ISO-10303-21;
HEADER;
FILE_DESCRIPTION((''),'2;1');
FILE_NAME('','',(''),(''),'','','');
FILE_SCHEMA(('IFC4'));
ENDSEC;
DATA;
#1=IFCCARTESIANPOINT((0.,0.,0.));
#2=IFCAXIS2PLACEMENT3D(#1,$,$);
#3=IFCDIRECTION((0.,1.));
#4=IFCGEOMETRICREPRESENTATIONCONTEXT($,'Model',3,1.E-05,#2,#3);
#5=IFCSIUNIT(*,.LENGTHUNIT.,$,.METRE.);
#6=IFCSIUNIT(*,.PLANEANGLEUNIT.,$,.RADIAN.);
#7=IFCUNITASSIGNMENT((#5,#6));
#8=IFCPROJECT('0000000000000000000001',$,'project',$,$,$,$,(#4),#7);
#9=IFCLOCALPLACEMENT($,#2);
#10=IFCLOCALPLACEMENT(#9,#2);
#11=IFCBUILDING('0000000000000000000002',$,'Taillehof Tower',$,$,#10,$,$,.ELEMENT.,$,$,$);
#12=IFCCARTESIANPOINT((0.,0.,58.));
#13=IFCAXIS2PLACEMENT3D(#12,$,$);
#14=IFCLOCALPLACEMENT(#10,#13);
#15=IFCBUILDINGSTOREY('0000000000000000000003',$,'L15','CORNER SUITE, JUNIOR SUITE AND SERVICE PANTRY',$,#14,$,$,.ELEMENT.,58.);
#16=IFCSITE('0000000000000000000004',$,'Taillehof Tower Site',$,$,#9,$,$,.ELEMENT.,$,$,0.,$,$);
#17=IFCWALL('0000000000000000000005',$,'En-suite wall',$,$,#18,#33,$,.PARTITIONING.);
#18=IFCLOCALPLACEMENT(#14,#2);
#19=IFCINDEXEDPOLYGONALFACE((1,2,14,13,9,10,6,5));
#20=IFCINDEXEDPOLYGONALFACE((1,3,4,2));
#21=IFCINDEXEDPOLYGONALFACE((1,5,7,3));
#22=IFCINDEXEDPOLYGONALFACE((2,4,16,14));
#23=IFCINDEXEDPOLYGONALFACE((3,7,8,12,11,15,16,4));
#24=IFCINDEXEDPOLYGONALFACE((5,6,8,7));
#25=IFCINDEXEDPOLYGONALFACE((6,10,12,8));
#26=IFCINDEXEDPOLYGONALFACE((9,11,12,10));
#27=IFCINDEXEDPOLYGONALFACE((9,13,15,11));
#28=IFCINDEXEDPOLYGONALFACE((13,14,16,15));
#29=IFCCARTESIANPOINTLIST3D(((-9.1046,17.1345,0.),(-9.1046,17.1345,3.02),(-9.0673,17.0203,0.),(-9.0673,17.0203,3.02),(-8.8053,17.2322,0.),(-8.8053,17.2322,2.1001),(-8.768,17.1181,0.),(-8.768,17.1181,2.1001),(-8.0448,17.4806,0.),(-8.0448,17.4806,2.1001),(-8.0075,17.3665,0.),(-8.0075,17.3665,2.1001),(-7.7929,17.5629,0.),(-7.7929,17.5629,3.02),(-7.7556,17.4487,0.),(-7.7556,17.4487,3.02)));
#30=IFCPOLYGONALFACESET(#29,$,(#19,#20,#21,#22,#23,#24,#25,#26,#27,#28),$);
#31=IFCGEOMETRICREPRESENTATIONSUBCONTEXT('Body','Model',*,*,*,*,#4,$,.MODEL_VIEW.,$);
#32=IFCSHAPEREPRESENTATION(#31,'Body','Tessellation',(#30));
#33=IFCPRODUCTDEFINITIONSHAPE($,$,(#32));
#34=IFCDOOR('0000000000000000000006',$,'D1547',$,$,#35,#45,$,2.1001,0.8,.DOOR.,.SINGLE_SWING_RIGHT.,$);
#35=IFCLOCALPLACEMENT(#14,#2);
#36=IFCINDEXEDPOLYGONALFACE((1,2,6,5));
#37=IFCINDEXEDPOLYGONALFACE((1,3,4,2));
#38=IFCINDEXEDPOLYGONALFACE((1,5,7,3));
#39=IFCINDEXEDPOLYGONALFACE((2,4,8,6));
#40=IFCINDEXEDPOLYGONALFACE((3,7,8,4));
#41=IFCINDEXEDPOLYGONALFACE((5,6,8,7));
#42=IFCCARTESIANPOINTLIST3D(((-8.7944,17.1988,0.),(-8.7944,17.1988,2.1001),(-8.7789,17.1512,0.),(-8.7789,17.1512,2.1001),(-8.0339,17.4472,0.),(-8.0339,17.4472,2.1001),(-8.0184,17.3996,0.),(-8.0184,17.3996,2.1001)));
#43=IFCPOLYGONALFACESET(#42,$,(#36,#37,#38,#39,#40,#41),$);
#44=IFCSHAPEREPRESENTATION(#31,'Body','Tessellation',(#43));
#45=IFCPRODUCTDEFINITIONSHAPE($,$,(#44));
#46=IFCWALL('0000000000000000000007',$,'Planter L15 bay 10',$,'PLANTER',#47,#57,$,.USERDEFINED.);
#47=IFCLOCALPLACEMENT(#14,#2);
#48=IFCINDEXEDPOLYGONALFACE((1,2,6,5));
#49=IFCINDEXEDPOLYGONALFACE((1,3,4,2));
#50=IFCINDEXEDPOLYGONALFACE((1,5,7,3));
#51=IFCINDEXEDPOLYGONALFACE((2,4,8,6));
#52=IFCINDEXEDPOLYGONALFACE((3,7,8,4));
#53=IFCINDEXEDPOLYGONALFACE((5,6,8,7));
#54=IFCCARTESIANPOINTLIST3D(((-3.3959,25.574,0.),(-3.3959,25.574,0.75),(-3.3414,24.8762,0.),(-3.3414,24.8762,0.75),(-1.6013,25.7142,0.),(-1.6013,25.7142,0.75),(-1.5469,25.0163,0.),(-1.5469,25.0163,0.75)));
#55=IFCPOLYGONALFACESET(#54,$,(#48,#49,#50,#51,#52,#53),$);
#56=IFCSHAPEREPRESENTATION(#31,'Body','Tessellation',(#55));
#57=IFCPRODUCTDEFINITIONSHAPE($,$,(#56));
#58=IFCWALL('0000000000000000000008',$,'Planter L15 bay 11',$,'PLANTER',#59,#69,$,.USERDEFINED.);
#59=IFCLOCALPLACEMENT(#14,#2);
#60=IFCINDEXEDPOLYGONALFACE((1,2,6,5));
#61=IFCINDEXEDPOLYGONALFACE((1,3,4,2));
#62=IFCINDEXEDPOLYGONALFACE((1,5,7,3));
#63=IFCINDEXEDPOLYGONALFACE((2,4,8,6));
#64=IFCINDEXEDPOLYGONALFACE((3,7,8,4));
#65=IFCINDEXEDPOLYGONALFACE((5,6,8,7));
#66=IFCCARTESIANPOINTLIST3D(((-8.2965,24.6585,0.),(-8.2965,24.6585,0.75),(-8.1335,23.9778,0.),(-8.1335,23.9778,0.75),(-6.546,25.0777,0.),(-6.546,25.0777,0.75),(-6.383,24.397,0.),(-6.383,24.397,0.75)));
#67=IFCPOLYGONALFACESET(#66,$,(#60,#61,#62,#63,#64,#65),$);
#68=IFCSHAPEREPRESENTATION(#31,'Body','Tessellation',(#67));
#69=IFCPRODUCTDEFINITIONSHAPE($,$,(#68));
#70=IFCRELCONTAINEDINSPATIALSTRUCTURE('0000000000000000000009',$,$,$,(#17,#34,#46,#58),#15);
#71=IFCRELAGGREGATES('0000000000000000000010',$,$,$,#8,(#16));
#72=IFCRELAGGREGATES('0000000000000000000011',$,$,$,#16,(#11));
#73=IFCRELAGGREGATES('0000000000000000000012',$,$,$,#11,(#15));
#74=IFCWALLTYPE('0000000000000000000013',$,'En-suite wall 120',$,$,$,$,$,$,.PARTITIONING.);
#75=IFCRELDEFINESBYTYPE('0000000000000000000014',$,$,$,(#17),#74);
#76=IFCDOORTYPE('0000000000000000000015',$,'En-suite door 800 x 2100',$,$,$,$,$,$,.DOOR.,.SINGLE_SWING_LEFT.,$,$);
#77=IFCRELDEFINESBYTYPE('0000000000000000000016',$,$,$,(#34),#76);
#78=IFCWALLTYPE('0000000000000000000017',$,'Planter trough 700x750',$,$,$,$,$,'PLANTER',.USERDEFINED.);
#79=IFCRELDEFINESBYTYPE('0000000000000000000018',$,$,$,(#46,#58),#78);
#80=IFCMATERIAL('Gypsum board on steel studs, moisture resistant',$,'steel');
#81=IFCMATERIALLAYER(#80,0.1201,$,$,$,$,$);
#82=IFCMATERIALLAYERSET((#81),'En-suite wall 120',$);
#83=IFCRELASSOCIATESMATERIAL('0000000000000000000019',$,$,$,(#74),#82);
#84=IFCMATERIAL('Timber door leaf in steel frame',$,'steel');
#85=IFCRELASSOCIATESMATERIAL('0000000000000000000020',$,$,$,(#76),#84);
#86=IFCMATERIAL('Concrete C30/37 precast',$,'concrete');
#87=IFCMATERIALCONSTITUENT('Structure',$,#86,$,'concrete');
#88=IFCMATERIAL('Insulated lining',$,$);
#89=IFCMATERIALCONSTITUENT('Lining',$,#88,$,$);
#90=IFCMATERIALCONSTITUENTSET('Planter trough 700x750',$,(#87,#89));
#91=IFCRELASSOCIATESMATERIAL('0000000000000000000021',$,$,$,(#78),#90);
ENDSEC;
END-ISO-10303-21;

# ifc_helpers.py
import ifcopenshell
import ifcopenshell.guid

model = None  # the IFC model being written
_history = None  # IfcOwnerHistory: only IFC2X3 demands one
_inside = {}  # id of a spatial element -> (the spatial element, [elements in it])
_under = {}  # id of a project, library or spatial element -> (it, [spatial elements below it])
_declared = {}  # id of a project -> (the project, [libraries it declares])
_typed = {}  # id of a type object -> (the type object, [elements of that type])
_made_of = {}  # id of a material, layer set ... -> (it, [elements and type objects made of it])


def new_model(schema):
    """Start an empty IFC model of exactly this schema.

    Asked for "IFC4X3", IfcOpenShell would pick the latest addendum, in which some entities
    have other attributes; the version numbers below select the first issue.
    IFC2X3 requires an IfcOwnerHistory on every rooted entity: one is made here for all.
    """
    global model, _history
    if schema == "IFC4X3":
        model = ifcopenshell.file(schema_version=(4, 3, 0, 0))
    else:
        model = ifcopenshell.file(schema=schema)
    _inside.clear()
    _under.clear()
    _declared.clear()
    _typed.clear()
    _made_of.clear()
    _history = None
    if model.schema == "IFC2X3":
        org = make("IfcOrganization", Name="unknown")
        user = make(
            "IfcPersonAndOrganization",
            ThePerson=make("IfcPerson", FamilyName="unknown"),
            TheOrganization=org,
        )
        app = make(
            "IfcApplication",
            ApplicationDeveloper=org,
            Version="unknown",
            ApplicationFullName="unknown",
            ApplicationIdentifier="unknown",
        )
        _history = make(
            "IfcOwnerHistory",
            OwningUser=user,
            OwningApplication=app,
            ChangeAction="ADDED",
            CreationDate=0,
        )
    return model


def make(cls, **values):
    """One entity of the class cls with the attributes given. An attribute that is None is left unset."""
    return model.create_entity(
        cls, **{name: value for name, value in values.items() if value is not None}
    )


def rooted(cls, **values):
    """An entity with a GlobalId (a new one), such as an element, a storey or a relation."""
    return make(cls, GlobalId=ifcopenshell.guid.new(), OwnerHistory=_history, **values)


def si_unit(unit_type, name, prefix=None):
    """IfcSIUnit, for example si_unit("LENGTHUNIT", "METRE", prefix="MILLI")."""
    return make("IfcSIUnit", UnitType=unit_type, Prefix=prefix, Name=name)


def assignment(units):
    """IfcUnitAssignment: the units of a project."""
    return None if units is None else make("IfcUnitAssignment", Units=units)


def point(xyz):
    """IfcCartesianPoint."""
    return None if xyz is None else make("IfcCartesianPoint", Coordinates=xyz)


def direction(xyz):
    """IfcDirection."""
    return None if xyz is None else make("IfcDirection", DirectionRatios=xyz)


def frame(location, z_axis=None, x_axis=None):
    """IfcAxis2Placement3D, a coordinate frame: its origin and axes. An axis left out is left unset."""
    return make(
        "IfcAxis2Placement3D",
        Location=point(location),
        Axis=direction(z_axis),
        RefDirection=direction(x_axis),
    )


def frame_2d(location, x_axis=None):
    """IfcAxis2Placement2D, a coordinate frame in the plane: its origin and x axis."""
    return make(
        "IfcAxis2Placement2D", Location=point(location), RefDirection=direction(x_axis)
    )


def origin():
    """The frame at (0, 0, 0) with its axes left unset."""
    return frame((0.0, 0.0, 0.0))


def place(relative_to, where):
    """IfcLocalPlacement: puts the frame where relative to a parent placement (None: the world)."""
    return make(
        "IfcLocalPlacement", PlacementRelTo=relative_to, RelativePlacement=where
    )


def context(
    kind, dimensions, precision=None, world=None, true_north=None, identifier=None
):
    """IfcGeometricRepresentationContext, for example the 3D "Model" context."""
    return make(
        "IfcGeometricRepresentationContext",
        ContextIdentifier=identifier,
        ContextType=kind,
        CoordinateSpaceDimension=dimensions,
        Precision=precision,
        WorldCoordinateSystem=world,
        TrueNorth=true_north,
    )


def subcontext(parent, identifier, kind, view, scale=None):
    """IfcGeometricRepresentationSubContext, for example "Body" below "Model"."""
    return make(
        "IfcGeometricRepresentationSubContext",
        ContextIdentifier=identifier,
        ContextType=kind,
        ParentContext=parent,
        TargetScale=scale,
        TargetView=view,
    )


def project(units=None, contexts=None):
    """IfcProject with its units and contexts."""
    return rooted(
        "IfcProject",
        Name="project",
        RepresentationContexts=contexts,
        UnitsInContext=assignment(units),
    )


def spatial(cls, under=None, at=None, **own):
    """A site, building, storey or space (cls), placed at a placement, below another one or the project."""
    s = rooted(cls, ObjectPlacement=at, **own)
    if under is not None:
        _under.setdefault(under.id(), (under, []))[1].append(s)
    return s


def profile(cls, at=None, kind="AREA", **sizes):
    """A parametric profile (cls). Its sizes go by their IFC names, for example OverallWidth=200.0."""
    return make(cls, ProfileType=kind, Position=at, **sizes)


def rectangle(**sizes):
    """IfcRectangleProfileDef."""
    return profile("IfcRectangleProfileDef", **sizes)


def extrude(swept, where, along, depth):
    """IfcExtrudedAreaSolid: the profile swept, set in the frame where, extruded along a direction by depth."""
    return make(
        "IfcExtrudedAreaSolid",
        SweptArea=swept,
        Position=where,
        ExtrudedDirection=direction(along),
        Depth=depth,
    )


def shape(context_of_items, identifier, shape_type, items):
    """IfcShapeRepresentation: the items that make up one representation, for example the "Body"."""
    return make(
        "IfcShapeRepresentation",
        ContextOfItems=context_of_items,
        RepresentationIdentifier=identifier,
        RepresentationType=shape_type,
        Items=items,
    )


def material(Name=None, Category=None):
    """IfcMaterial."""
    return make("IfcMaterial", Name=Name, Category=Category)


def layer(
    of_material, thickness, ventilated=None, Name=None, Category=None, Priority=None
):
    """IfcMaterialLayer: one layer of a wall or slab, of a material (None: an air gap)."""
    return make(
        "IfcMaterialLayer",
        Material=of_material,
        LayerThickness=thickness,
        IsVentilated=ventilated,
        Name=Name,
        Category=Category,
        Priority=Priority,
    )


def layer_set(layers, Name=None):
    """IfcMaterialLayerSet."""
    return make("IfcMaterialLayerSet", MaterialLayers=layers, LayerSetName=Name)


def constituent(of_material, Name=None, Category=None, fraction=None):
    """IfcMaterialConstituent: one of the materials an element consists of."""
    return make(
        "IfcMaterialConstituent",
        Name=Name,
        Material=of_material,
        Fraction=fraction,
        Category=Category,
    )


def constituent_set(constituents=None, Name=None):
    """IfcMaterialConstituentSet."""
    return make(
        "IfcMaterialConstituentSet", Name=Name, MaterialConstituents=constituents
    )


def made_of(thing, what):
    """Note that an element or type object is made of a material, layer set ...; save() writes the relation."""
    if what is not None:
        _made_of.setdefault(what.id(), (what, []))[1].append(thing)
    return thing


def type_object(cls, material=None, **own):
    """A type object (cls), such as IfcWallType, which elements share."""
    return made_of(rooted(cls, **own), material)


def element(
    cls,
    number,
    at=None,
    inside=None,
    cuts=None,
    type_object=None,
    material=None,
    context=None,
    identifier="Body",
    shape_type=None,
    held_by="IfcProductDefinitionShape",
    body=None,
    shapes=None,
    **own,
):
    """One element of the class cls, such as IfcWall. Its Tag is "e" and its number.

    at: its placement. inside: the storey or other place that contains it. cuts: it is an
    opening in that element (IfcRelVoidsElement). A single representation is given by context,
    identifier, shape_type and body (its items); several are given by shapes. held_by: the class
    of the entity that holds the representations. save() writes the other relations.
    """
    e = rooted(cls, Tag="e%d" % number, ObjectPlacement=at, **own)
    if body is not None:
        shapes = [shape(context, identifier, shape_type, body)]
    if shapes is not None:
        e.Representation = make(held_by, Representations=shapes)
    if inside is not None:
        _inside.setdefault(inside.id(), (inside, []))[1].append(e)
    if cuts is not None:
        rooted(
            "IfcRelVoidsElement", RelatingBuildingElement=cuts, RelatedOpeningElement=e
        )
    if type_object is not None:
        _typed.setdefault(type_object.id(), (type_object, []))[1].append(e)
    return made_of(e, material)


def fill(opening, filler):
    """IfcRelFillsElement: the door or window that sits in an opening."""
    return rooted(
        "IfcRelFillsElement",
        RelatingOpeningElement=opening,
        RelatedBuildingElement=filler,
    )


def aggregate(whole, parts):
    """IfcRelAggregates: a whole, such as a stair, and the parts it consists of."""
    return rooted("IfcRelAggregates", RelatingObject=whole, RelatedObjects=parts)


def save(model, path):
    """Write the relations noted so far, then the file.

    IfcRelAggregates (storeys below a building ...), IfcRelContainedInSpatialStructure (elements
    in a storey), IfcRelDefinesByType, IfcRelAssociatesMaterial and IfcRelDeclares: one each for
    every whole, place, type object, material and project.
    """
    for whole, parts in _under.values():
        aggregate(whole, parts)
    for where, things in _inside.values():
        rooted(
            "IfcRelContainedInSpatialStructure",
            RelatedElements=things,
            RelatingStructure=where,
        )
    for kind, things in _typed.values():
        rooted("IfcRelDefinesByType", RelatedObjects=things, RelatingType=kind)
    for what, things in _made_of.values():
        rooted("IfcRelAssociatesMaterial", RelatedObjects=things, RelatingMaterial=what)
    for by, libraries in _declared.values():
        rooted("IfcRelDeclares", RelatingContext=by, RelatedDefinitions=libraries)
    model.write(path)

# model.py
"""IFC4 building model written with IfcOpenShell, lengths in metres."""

from ifc_helpers import new_model, si_unit, direction, frame, frame_2d, origin, place, context, subcontext, project, spatial, rectangle, extrude, material, layer, layer_set, constituent, constituent_set, type_object, element, fill, save


model = new_model("IFC4")

# Units and contexts
model_context = context("Model", 3, precision=1e-05, world=origin(), true_north=direction((0.0, 1.0)))
body_context = subcontext(model_context, "Body", "Model", "MODEL_VIEW")
ifc_project = project(units=[si_unit("LENGTHUNIT", "METRE"), si_unit("PLANEANGLEUNIT", "RADIAN")], contexts=[model_context])

# Site, building, storey
site_placement = place(None, origin())
site = spatial("IfcSite", under=ifc_project, at=site_placement, Name="Taillehof Tower Site", CompositionType="ELEMENT", RefElevation=0.0)
building_placement = place(site_placement, origin())
building = spatial("IfcBuilding", under=site, at=building_placement, Name="Taillehof Tower", CompositionType="ELEMENT")
storey_placement = place(building_placement, frame((0.0, 0.0, 58.0)))
storey = spatial("IfcBuildingStorey", under=building, at=storey_placement, Name="L15", Description="CORNER SUITE, JUNIOR SUITE AND SERVICE PANTRY", CompositionType="ELEMENT", Elevation=58.0)

# Shared definitions
ifc_material_1 = material(Name="Gypsum board on steel studs, moisture resistant", Category="steel")
ifc_layer_1 = layer(ifc_material_1, 0.1201)
ifc_layer_set_1 = layer_set([ifc_layer_1], Name="En-suite wall 120")
wall_type_1 = type_object("IfcWallType", Name="En-suite wall 120", PredefinedType="PARTITIONING", material=ifc_layer_set_1)

# Wall, opening, door
wall_1_placement = place(storey_placement, frame((-9.0859, 17.0774, 0.0), z_axis=(0.0, 0.0, 1.0), x_axis=(0.950577, 0.31049, 0.0)))
wall_1 = element("IfcWall", 1, at=wall_1_placement, inside=storey, type_object=wall_type_1, Name="En-suite wall", PredefinedType="PARTITIONING", context=body_context, shape_type="SweptSolid", body=[
    extrude(rectangle(XDim=1.3799, YDim=0.1201, at=frame_2d((0.6899, 0.0))), origin(), (0.0, 0.0, 1.0), 3.02),
])
opening_1_placement = place(wall_1_placement, frame((0.3149, 0.0, 0.0)))
opening_1 = element("IfcOpeningElement", 2, at=opening_1_placement, cuts=wall_1, PredefinedType="OPENING", context=body_context, shape_type="SweptSolid", body=[
    extrude(rectangle(XDim=0.8, YDim=2.1001, at=frame_2d((0.3999, 1.05))), frame((0.0, 0.0701, 0.0), z_axis=(0.0, -1.0, 0.0), x_axis=(1.0, 0.0, 0.0)), (0.0, 0.0, 1.0), 0.1401),
])
ifc_material_2 = material(Name="Timber door leaf in steel frame", Category="steel")
door_type_1 = type_object("IfcDoorType", Name="En-suite door 800 x 2100", OperationType="SINGLE_SWING_LEFT", PredefinedType="DOOR", material=ifc_material_2)
door_1_placement = place(opening_1_placement, origin())
door_1 = element("IfcDoor", 3, at=door_1_placement, inside=storey, type_object=door_type_1, Name="D1547", OperationType="SINGLE_SWING_RIGHT", OverallHeight=2.1001, OverallWidth=0.8, PredefinedType="DOOR", context=body_context, shape_type="SweptSolid", body=[
    extrude(rectangle(XDim=0.8, YDim=2.1001, at=frame_2d((0.3999, 1.05))), frame((0.0, 0.0249, 0.0), z_axis=(0.0, -1.0, 0.0), x_axis=(1.0, 0.0, 0.0)), (0.0, 0.0, 1.0), 0.05),
])
fill(opening_1, door_1)

# Walls
ifc_material_3 = material(Name="Concrete C30/37 precast", Category="concrete")
ifc_constituent_1 = constituent(ifc_material_3, Name="Structure", Category="concrete")
ifc_material_4 = material(Name="Insulated lining")
ifc_constituent_2 = constituent(ifc_material_4, Name="Lining")
ifc_constituent_set = constituent_set(constituents=[ifc_constituent_1, ifc_constituent_2], Name="Planter trough 700x750")
wall_type_2 = type_object("IfcWallType", Name="Planter trough 700x750", ElementType="PLANTER", PredefinedType="USERDEFINED", material=ifc_constituent_set)
for number, where, z_axis, x_axis, name in (
    (4, (-1.5742, 25.3652, 0.0), (0.0, 0.0, 1.0), (-0.996965, -0.077848, 0.0), "Planter L15 bay 10"),
    (5, (-6.4646, 24.7373, 0.0), (0.0, 0.0, 1.0), (-0.972504, -0.232886, 0.0), "Planter L15 bay 11"),
):
    element("IfcWall", number, at=place(storey_placement, frame(where, z_axis=z_axis, x_axis=x_axis)), inside=storey, type_object=wall_type_2, Name=name, ObjectType="PLANTER", PredefinedType="USERDEFINED", context=body_context, shape_type="SweptSolid", body=[
        extrude(rectangle(XDim=1.8, YDim=0.7, at=frame_2d((0.8999, 0.0))), origin(), (0.0, 0.0, 1.0), 0.75),
    ])

save(model, "model.ifc")
